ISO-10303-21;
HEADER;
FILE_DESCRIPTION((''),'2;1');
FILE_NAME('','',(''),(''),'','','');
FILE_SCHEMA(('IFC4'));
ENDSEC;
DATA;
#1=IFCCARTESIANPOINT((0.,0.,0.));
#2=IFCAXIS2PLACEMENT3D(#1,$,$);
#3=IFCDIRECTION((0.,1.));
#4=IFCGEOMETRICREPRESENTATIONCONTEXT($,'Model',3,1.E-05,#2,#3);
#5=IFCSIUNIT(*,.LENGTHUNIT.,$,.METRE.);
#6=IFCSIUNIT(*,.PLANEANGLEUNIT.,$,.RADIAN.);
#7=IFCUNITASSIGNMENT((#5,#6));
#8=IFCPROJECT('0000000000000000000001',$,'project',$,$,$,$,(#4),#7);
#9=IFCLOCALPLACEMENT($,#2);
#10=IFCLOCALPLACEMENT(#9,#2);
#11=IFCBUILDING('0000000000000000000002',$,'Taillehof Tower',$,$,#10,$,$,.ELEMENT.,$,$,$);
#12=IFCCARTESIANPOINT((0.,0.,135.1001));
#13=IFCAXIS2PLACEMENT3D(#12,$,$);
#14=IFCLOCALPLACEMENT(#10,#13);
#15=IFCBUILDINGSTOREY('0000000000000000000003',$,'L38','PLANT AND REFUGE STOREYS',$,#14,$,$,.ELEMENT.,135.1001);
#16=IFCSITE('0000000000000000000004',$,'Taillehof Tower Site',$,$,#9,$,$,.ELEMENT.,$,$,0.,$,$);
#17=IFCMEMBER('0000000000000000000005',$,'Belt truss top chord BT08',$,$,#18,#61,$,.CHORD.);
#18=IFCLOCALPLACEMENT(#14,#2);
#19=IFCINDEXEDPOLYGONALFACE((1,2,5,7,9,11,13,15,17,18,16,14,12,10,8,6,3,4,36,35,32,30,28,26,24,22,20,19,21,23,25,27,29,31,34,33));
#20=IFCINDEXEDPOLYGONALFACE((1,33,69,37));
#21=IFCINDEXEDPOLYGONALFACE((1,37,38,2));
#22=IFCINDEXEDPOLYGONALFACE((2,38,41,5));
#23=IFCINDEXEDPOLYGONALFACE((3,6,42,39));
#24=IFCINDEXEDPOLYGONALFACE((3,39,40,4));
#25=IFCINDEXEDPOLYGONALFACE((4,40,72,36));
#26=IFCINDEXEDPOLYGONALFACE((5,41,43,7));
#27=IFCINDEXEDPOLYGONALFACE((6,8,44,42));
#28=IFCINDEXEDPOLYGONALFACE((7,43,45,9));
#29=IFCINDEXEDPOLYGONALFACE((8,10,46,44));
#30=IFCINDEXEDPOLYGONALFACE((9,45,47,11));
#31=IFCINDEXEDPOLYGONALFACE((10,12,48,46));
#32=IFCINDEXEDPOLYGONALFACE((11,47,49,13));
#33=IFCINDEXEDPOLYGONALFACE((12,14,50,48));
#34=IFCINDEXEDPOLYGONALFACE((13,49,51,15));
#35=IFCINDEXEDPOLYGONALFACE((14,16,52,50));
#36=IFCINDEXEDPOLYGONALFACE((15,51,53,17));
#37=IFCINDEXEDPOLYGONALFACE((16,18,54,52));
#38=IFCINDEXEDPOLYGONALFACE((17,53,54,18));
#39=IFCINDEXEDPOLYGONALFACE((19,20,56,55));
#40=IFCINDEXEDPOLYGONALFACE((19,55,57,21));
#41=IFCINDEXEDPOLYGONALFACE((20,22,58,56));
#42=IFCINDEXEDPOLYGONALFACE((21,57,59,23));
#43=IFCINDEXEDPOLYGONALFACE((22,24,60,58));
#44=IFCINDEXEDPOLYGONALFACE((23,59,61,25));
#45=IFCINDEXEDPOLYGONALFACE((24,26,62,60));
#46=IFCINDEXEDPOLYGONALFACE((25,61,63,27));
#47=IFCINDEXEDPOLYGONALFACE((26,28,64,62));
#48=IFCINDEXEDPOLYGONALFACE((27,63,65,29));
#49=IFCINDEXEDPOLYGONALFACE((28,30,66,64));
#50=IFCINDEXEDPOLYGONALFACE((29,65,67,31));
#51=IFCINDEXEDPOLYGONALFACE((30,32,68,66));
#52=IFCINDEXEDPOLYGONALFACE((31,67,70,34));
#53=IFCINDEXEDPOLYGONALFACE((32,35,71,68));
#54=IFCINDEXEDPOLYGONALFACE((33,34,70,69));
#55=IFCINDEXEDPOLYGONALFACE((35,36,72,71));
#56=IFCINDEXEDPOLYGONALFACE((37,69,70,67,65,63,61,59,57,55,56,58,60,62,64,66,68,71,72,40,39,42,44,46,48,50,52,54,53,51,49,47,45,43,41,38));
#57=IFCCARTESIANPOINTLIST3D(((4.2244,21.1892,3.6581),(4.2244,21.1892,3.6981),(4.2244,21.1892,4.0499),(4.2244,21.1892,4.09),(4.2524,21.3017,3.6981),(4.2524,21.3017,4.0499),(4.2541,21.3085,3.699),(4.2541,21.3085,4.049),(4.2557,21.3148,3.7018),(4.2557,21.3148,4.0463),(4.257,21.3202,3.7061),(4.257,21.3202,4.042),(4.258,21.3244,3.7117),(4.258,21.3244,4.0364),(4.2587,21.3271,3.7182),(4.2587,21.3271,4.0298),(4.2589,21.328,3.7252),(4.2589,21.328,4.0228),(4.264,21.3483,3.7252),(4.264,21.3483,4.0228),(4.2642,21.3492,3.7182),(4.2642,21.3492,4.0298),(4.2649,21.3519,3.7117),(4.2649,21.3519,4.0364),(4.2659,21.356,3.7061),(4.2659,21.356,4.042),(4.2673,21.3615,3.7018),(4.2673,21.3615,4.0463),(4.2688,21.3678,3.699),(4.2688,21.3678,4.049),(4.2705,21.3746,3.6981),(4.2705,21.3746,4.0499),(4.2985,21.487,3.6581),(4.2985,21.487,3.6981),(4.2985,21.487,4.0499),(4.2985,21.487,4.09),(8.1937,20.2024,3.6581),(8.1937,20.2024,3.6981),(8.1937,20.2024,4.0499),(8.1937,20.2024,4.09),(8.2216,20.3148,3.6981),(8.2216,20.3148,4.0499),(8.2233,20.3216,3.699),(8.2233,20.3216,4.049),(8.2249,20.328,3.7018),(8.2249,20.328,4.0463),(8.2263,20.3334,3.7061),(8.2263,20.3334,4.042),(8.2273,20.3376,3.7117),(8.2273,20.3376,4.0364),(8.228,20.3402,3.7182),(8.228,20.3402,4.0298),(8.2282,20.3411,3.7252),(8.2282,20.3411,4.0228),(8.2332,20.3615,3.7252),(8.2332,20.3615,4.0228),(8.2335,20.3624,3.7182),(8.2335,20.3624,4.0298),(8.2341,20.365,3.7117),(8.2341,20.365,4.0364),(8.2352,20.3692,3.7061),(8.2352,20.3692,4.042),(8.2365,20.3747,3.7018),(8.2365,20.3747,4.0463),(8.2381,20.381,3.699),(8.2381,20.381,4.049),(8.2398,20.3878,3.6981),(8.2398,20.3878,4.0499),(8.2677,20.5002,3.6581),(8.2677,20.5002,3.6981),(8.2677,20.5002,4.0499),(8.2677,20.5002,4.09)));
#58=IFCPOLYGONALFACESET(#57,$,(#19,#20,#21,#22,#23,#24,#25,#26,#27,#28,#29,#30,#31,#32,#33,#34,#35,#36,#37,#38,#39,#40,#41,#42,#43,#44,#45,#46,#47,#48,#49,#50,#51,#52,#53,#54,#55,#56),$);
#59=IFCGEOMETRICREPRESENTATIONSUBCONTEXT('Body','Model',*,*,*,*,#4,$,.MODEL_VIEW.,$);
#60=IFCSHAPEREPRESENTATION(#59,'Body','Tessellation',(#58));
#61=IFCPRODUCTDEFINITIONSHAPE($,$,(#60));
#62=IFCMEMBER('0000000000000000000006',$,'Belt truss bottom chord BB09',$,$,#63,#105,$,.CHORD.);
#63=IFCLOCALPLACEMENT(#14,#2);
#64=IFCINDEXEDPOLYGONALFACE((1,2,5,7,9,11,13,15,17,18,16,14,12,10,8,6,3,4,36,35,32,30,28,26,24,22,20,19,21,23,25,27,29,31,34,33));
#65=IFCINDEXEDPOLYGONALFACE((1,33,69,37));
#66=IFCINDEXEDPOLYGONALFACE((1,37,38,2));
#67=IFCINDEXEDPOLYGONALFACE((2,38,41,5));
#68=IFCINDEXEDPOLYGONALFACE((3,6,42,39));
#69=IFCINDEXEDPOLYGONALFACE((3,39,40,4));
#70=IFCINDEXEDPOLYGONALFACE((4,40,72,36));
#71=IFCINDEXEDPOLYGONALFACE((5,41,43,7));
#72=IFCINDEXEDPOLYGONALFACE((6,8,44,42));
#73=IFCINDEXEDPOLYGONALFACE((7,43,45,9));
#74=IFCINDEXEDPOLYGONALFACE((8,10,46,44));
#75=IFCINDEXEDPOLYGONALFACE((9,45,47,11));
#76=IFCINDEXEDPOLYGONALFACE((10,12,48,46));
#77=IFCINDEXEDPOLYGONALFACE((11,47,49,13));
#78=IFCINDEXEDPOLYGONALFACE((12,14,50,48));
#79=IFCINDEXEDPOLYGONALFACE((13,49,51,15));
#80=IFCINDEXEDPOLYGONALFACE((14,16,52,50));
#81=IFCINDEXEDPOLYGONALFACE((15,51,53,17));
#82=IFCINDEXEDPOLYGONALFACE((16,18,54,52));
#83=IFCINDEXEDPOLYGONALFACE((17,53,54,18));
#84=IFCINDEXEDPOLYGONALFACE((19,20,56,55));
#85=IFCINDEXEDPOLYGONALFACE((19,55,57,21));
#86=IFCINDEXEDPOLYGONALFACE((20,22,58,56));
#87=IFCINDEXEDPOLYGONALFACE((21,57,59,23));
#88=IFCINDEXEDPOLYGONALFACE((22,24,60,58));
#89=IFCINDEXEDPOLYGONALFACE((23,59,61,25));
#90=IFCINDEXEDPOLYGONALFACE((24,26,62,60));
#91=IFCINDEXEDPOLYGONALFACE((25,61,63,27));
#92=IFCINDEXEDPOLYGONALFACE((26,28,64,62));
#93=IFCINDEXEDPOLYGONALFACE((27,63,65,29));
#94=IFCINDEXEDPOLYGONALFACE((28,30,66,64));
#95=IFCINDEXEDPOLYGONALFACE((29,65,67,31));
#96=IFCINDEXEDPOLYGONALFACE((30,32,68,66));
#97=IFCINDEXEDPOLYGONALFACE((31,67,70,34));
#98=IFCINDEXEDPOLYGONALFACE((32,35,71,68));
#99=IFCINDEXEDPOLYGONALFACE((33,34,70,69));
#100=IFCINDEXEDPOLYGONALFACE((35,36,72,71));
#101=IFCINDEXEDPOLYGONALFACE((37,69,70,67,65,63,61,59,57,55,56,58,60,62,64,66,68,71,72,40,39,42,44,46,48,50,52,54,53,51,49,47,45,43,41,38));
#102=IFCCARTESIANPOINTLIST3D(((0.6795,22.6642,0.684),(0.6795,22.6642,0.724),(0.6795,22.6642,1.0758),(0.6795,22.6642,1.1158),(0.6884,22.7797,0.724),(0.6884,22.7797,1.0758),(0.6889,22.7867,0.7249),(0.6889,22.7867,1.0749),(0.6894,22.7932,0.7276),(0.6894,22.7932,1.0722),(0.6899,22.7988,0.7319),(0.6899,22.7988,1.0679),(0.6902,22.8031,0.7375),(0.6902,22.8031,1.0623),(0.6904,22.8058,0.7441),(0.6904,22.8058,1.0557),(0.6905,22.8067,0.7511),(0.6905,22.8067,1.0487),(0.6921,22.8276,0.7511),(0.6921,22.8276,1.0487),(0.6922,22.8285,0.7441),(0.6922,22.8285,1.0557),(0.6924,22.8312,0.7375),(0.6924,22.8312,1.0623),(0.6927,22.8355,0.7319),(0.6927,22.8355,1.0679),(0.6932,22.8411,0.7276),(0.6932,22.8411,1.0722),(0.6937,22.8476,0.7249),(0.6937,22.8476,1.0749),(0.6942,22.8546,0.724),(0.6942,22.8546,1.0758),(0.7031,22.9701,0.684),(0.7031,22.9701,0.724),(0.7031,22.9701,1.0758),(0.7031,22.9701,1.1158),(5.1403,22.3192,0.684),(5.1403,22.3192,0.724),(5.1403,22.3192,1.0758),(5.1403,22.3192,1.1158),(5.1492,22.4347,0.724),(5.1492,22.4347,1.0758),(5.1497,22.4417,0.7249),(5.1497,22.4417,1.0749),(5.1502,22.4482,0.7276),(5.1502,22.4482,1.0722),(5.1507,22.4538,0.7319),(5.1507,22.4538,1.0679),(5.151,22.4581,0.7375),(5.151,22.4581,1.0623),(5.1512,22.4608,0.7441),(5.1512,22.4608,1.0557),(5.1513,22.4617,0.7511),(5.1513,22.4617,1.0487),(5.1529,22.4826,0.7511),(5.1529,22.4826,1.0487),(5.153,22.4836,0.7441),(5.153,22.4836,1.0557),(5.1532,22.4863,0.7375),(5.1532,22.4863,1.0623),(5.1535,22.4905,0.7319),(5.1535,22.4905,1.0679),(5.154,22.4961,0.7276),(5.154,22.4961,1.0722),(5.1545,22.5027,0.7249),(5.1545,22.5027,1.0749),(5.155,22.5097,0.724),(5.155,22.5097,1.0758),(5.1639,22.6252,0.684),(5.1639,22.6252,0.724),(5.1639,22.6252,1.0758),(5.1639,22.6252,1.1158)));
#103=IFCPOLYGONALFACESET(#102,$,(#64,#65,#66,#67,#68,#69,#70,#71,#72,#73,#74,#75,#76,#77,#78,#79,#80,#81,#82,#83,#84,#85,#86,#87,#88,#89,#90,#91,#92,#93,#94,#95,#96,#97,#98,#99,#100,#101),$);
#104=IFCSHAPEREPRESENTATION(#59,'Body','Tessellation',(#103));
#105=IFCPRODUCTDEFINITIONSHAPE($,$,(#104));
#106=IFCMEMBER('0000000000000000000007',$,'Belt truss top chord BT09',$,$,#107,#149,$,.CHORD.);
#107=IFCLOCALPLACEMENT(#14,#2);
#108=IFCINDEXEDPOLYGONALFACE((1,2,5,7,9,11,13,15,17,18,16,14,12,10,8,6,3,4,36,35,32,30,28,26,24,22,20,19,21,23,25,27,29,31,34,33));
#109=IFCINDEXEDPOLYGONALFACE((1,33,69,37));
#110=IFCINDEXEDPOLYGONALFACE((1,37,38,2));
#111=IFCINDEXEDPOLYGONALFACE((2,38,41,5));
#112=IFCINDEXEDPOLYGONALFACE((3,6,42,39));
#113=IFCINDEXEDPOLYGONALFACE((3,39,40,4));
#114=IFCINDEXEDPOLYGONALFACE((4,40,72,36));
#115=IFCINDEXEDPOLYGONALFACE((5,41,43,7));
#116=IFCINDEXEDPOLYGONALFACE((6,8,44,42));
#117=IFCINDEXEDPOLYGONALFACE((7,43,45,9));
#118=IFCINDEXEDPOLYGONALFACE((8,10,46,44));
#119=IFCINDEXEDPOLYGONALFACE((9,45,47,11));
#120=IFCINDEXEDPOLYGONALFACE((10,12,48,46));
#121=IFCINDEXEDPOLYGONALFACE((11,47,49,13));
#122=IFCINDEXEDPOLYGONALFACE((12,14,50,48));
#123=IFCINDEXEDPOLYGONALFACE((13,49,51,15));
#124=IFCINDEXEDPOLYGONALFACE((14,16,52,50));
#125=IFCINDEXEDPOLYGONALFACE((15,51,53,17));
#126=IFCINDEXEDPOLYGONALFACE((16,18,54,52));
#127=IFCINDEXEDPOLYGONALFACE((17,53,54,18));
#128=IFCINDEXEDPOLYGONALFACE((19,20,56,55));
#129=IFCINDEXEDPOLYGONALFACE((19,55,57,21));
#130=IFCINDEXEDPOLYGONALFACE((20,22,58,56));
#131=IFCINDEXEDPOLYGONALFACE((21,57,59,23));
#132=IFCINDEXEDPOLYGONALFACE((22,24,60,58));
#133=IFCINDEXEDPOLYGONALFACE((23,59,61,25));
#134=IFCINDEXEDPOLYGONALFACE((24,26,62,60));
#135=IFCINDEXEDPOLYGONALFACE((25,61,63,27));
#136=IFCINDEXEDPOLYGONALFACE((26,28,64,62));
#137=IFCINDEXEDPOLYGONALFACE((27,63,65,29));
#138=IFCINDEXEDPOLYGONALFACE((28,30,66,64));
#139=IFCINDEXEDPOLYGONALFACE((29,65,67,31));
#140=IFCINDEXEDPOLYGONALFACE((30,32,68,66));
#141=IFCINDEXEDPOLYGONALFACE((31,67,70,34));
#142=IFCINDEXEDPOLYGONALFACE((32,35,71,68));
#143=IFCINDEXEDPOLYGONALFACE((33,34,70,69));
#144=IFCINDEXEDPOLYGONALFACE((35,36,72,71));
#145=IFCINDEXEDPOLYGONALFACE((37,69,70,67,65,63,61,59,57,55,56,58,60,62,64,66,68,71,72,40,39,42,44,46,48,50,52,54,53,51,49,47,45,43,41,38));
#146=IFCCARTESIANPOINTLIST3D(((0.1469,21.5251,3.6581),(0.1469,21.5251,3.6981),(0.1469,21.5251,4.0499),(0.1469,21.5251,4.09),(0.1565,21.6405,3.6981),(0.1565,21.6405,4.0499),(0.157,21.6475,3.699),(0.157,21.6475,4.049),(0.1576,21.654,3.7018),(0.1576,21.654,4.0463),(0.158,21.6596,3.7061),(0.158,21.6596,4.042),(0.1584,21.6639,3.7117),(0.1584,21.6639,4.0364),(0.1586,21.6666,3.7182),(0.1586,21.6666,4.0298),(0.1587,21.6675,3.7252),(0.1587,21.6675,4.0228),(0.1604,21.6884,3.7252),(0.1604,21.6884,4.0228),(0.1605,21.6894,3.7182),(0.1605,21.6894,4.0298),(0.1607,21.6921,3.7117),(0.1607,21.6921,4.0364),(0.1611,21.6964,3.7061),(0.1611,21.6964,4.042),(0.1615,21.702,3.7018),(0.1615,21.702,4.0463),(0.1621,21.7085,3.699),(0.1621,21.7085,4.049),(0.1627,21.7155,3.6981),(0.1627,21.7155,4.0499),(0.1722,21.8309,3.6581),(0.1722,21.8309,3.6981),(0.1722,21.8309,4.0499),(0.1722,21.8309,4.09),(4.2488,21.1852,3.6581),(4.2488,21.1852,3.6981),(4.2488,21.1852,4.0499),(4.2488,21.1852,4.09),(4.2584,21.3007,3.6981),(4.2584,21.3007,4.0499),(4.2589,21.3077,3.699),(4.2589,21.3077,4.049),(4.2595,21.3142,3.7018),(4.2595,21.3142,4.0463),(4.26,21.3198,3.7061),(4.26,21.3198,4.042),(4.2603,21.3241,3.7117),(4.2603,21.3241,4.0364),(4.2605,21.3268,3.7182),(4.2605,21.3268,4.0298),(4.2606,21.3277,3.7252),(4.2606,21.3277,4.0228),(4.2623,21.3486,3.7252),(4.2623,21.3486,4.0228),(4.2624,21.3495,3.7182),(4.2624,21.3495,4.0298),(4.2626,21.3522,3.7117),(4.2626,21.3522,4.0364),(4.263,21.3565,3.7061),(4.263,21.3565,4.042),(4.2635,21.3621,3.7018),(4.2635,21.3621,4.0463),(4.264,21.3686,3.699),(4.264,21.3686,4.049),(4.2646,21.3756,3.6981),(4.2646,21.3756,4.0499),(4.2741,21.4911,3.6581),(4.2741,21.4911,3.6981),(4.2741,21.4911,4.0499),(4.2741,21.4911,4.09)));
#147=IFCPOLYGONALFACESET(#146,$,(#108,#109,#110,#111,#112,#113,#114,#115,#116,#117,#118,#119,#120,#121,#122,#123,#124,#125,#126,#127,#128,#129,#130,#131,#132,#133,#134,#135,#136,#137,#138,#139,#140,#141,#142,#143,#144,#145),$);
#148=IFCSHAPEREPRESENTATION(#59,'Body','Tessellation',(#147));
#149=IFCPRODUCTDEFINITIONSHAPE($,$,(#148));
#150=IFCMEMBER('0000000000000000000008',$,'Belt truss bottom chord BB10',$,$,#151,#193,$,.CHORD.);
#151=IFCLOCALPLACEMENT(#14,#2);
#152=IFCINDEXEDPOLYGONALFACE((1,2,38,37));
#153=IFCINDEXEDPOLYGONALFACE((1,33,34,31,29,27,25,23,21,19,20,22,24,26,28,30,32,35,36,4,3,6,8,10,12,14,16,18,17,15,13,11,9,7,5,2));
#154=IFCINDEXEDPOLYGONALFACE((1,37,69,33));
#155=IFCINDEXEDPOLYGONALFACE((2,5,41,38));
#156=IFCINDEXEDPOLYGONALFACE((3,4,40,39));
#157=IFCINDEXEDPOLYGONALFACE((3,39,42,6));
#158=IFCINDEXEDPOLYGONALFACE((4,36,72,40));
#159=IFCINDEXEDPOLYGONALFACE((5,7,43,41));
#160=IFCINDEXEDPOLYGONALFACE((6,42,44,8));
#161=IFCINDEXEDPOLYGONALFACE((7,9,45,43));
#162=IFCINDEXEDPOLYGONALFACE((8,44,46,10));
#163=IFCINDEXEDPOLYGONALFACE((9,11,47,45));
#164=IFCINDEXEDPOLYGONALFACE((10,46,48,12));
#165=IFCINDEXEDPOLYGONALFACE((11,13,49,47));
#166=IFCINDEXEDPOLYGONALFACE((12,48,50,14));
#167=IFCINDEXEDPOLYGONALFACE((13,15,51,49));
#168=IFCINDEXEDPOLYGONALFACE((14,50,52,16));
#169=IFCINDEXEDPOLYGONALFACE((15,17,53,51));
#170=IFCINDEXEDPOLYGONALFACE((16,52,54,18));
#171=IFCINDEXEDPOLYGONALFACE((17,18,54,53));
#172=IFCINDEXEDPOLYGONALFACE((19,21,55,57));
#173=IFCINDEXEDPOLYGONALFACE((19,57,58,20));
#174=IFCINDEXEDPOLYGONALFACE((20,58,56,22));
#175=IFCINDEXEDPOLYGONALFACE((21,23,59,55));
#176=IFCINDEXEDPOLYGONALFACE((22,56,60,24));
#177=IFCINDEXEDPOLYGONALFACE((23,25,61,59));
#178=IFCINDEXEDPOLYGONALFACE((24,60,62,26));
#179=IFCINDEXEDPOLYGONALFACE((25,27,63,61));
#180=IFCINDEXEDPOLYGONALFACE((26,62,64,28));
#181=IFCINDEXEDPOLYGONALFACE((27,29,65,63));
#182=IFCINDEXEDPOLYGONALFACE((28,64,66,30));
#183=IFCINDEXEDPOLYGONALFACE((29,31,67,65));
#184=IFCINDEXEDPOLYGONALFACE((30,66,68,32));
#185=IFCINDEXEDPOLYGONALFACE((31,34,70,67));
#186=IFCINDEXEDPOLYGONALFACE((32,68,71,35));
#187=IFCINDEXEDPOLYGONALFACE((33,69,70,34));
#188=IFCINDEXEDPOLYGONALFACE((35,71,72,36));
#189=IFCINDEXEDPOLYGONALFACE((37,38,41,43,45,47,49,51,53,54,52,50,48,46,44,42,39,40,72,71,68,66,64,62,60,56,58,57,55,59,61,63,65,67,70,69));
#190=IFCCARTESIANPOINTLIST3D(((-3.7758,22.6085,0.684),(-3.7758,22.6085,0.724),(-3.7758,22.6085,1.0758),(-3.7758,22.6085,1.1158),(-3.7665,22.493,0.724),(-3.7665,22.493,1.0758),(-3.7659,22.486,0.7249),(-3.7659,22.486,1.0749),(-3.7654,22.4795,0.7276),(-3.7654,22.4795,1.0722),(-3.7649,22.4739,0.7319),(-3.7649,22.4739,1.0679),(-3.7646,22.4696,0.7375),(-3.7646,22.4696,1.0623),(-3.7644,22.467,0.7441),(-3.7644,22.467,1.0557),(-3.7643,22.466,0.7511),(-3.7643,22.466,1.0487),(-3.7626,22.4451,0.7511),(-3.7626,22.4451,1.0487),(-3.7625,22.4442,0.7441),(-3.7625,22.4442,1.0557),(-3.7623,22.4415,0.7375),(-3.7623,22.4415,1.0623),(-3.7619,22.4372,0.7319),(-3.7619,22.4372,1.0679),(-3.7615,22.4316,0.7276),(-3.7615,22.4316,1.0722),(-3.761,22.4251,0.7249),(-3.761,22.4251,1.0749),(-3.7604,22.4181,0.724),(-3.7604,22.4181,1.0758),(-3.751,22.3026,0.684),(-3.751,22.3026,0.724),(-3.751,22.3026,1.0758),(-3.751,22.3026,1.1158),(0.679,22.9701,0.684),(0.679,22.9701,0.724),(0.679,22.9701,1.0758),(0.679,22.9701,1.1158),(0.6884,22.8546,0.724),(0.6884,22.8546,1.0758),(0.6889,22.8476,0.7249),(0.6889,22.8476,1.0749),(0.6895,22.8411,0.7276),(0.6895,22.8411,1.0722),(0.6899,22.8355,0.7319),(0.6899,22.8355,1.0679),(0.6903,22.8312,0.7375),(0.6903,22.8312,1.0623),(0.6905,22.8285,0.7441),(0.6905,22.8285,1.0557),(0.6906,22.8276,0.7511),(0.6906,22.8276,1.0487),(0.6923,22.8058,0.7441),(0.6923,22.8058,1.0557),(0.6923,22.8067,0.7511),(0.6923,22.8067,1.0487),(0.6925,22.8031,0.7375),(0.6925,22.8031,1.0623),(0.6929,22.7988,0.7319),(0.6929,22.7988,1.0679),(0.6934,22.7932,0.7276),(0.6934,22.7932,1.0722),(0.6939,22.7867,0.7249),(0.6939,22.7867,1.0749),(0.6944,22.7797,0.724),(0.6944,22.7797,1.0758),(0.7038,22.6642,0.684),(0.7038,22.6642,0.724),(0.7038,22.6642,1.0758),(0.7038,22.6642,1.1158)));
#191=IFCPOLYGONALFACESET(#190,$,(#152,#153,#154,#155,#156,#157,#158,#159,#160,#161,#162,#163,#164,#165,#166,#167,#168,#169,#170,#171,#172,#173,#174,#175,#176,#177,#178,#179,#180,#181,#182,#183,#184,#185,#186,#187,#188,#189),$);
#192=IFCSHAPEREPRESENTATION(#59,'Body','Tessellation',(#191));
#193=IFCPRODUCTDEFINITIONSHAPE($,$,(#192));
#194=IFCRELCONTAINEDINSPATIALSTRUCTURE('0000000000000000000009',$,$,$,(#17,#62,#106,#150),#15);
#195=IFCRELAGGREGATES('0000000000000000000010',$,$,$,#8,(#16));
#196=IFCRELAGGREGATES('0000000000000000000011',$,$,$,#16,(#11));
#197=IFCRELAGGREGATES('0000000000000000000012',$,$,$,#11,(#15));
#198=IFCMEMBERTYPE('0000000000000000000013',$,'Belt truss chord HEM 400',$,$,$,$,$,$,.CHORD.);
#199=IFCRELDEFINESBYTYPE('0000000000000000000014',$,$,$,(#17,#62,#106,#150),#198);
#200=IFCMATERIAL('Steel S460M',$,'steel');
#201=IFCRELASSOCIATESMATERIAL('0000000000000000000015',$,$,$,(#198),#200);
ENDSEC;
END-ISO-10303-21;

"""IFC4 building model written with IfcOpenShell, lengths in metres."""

from ifc_helpers import new_model, si_unit, direction, frame, origin, origin_2d, place, context, subcontext, project, spatial, i_section, extrude, material, material_profile, profile_set, type_object, element, save


model = new_model("IFC4")

# Units and contexts
model_context = context("Model", 3, precision=1e-05, world=origin(), true_north=direction((0.0, 1.0)))
body_context = subcontext(model_context, "Body", "Model", "MODEL_VIEW")
ifc_project = project(units=[si_unit("LENGTHUNIT", "METRE"), si_unit("PLANEANGLEUNIT", "RADIAN")], contexts=[model_context])

# Site, building, storey
site_placement = place(None, origin())
site = spatial("IfcSite", under=ifc_project, at=site_placement, Name="Taillehof Tower Site", CompositionType="ELEMENT", RefElevation=0.0)
building_placement = place(site_placement, origin())
building = spatial("IfcBuilding", under=site, at=building_placement, Name="Taillehof Tower", CompositionType="ELEMENT")
storey_placement = place(building_placement, frame((0.0, 0.0, 135.1001)))
storey = spatial("IfcBuildingStorey", under=building, at=storey_placement, Name="L38", Description="PLANT AND REFUGE STOREYS", CompositionType="ELEMENT", Elevation=135.1001)

# Members
ifc_material_1 = material(Name="Steel S460M", Category="steel")
ifc_material_profile_1 = material_profile(ifc_material_1, i_section(OverallWidth=0.3069, OverallDepth=0.4319, WebThickness=0.021, FlangeThickness=0.04, FilletRadius=0.0271, at=origin_2d()), Name="HEM 400")
ifc_profile_set_1 = profile_set([ifc_material_profile_1], Name="Steel S460M")
member_type_1 = type_object("IfcMemberType", Name="Belt truss chord HEM 400", PredefinedType="CHORD", material=ifc_profile_set_1)
member_1_placement = place(storey_placement, frame((8.2307, 20.3513, 3.874), z_axis=(-0.970458, 0.241271, 0.0), x_axis=(-0.241271, -0.970458, 0.0)))
element("IfcMember", 1, at=member_1_placement, inside=storey, type_object=member_type_1, Name="Belt truss top chord BT08", PredefinedType="CHORD", context=body_context, shape_type="SweptSolid", body=[
    extrude(i_section(OverallWidth=0.3069, OverallDepth=0.4319, WebThickness=0.021, FlangeThickness=0.04, FilletRadius=0.0271, at=origin_2d()), origin(), (0.0, 0.0, 1.0), 4.0901),
])
member_2_placement = place(storey_placement, frame((5.1521, 22.4722, 0.8999), z_axis=(-0.997023, 0.077105, 0.0), x_axis=(-0.077105, -0.997023, 0.0)))
element("IfcMember", 2, at=member_2_placement, inside=storey, type_object=member_type_1, Name="Belt truss bottom chord BB09", PredefinedType="CHORD", context=body_context, shape_type="SweptSolid", body=[
    extrude(i_section(OverallWidth=0.3069, OverallDepth=0.4319, WebThickness=0.021, FlangeThickness=0.04, FilletRadius=0.0271, at=origin_2d()), origin(), (0.0, 0.0, 1.0), 4.4741),
])
member_3_placement = place(storey_placement, frame((4.2615, 21.3381, 3.874), z_axis=(-0.996585, 0.082569, 0.0), x_axis=(-0.082569, -0.996585, 0.0)))
element("IfcMember", 3, at=member_3_placement, inside=storey, type_object=member_type_1, Name="Belt truss top chord BT09", PredefinedType="CHORD", context=body_context, shape_type="SweptSolid", body=[
    extrude(i_section(OverallWidth=0.3069, OverallDepth=0.4319, WebThickness=0.021, FlangeThickness=0.04, FilletRadius=0.0271, at=origin_2d()), origin(), (0.0, 0.0, 1.0), 4.116),
])
member_4_placement = place(storey_placement, frame((0.6914, 22.8171, 0.8999), z_axis=(-0.996722, -0.080898, 0.0), x_axis=(0.080898, -0.996722, 0.0)))
element("IfcMember", 4, at=member_4_placement, inside=storey, type_object=member_type_1, Name="Belt truss bottom chord BB10", PredefinedType="CHORD", context=body_context, shape_type="SweptSolid", body=[
    extrude(i_section(OverallWidth=0.3069, OverallDepth=0.4319, WebThickness=0.021, FlangeThickness=0.04, FilletRadius=0.0271, at=origin_2d()), origin(), (0.0, 0.0, 1.0), 4.4695),
])

save(model, "model.ifc")
